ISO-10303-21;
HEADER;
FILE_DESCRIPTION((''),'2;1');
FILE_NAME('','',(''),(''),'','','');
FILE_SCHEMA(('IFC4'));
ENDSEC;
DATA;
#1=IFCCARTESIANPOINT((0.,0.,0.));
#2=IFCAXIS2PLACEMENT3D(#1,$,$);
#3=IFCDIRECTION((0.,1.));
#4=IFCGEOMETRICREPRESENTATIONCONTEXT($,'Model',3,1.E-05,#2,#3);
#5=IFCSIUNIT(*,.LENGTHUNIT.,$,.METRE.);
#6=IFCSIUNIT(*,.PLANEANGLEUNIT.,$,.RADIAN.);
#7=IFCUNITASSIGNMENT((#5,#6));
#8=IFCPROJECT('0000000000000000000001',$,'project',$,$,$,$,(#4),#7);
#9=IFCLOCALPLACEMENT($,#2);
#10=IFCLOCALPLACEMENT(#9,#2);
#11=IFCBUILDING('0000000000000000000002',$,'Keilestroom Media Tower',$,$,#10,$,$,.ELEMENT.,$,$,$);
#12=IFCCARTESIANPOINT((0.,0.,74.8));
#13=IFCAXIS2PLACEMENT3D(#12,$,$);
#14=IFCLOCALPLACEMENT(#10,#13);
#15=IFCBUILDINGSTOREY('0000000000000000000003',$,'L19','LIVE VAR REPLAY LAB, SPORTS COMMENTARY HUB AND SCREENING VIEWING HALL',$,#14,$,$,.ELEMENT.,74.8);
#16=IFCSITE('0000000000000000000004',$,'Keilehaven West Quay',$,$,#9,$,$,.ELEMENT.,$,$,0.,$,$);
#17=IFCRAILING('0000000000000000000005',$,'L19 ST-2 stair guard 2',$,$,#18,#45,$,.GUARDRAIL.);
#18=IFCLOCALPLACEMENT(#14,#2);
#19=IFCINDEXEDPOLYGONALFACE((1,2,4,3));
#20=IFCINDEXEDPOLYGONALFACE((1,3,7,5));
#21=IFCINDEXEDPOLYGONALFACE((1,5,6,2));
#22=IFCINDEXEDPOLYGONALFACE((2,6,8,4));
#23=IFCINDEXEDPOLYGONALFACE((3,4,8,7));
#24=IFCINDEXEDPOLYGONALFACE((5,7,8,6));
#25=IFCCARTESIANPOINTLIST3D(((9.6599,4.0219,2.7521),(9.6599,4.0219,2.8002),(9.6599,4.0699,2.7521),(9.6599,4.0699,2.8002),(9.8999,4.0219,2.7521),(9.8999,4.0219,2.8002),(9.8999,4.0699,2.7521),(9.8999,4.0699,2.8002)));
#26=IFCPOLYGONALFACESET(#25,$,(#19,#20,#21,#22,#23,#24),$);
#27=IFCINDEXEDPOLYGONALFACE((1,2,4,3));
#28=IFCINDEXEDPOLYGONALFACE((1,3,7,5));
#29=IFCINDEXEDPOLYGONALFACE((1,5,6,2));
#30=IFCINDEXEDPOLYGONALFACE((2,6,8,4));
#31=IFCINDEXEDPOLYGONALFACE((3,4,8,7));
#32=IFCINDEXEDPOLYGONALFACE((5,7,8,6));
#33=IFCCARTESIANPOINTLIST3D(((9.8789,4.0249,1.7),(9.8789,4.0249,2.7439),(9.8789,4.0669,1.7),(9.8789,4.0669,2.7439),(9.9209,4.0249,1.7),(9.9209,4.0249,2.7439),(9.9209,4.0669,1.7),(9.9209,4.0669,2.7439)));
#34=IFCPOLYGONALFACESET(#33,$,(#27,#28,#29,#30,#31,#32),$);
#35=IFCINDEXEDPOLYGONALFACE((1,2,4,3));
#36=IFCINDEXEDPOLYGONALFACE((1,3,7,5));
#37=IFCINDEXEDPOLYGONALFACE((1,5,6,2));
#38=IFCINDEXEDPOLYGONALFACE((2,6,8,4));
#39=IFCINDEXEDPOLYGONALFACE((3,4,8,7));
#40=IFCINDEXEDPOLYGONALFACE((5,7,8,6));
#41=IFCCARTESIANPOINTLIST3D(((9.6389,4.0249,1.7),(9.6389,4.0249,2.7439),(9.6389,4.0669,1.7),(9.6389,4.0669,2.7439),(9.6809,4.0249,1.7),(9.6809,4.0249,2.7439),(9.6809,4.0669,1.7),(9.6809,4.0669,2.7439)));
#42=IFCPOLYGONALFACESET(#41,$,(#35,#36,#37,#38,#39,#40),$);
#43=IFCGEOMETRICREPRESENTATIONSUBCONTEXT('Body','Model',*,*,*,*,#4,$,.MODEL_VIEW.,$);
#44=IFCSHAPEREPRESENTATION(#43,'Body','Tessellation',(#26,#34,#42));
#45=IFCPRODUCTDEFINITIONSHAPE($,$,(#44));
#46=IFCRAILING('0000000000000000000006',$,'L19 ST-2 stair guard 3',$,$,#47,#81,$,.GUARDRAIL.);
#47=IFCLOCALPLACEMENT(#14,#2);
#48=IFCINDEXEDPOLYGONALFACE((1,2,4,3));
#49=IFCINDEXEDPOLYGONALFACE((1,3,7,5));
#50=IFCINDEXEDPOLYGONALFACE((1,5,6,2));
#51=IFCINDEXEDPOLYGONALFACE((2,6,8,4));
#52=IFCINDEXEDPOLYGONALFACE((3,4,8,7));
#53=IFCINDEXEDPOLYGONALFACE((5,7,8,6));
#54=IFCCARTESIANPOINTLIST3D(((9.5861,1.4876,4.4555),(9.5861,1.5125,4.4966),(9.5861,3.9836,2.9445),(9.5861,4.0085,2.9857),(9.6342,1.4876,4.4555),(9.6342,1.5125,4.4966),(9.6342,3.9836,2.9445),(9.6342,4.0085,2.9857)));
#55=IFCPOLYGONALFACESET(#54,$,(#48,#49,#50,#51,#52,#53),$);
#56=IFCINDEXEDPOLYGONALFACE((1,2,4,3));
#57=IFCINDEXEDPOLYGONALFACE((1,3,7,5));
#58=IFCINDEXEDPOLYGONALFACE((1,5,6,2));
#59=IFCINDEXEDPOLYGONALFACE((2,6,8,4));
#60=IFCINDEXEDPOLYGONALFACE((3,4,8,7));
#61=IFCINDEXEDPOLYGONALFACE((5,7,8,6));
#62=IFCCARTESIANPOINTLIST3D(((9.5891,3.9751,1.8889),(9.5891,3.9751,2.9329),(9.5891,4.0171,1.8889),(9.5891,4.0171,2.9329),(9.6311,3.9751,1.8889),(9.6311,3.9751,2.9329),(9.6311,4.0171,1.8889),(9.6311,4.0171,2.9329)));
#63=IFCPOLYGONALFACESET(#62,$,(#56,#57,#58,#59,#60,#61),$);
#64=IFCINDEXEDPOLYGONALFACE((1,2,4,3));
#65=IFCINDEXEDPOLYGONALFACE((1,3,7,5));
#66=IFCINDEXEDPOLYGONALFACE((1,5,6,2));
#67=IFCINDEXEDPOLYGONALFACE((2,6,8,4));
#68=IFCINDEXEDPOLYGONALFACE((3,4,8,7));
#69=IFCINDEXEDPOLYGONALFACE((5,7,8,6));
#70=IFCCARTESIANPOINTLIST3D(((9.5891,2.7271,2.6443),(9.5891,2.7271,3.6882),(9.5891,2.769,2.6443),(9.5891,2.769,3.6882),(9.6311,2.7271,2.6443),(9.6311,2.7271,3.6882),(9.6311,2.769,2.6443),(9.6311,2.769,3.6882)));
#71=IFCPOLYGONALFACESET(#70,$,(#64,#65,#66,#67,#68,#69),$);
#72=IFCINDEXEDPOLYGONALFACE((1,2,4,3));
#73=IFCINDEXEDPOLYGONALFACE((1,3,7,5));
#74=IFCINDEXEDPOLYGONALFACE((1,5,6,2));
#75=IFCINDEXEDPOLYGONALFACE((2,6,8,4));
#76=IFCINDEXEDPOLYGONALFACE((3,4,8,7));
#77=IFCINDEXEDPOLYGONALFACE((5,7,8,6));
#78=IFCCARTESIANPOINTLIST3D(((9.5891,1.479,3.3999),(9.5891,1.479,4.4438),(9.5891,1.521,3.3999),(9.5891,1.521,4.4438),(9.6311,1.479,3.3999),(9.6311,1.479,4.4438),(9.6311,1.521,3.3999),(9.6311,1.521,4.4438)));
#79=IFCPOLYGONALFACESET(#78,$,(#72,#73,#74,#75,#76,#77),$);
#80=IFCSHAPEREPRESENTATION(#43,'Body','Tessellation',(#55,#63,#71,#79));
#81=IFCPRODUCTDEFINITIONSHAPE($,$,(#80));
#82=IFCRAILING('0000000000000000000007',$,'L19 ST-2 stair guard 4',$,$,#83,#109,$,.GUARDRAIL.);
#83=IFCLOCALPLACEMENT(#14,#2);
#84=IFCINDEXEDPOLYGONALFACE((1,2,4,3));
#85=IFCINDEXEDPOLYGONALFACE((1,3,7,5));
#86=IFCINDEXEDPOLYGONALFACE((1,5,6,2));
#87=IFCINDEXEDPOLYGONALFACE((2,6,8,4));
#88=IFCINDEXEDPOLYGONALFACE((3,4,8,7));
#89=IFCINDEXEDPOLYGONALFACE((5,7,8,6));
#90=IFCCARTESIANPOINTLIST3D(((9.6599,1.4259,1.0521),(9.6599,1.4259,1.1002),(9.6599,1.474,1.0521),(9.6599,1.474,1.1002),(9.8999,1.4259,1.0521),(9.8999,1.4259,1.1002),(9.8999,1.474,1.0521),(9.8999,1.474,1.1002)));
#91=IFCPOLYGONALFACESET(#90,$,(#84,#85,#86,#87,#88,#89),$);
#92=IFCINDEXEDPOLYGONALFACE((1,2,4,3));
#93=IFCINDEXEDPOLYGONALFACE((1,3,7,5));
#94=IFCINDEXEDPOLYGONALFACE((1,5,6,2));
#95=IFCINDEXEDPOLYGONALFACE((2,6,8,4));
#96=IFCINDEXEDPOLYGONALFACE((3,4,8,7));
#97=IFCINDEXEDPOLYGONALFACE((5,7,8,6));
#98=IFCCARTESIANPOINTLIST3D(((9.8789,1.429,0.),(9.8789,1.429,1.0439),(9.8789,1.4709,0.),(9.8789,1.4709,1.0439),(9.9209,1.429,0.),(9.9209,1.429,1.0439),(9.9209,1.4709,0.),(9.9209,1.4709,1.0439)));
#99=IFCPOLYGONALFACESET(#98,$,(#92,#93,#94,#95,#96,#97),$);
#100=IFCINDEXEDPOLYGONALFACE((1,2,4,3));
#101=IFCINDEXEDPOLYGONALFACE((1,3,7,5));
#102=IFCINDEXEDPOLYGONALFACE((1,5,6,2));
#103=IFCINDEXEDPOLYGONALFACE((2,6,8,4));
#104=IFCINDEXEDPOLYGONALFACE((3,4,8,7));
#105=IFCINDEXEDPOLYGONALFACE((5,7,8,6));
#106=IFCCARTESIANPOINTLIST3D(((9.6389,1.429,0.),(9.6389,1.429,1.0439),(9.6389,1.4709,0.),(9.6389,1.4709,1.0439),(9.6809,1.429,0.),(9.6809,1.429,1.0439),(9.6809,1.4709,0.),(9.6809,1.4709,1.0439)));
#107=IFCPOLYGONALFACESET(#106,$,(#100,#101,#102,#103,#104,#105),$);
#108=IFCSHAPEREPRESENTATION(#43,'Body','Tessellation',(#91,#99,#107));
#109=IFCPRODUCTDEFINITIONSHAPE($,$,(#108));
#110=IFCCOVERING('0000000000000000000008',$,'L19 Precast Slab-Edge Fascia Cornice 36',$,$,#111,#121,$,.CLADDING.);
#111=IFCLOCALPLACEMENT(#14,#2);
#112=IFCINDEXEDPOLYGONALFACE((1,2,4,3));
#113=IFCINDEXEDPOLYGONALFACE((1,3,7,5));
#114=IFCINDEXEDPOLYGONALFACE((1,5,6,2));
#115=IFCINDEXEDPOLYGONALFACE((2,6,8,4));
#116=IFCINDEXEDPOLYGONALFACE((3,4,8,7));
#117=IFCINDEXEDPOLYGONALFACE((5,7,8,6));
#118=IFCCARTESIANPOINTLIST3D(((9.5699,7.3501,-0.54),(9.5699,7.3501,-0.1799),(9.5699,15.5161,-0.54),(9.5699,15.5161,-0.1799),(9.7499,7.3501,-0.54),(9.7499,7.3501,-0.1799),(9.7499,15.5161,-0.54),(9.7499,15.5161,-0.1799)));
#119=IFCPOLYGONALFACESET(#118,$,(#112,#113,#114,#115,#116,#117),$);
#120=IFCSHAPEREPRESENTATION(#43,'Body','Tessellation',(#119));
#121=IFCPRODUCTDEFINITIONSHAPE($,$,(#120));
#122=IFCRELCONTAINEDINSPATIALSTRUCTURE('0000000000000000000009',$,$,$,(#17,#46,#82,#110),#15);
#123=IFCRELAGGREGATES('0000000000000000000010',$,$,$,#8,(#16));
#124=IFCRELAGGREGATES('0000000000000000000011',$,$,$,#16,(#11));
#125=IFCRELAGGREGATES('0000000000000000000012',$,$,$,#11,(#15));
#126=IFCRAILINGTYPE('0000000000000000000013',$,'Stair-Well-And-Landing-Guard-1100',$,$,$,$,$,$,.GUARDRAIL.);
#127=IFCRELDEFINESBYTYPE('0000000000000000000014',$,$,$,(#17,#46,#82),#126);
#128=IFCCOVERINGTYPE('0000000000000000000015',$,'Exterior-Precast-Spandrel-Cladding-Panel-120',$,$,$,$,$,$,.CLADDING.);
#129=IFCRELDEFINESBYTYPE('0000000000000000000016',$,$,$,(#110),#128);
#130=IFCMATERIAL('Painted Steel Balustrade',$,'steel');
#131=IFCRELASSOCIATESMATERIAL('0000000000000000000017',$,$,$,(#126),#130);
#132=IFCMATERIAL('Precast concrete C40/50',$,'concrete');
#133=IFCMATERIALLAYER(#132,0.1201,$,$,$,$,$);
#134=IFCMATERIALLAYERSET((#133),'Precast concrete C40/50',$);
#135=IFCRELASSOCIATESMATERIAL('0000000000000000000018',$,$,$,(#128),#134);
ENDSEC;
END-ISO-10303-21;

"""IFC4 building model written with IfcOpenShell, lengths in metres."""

from ifc_helpers import new_model, si_unit, direction, frame, origin, origin_2d, place, context, subcontext, project, spatial, rectangle, extrude, source, transform, mapped, material, layer, layer_set, type_object, element, save


model = new_model("IFC4")

# Units and contexts
model_context = context("Model", 3, precision=1e-05, world=origin(), true_north=direction((0.0, 1.0)))
body_context = subcontext(model_context, "Body", "Model", "MODEL_VIEW")
ifc_project = project(units=[si_unit("LENGTHUNIT", "METRE"), si_unit("PLANEANGLEUNIT", "RADIAN")], contexts=[model_context])

# Site, building, storey
site_placement = place(None, origin())
site = spatial("IfcSite", under=ifc_project, at=site_placement, Name="Keilehaven West Quay", CompositionType="ELEMENT", RefElevation=0.0)
building_placement = place(site_placement, origin())
building = spatial("IfcBuilding", under=site, at=building_placement, Name="Keilestroom Media Tower", CompositionType="ELEMENT")
storey_placement = place(building_placement, frame((0.0, 0.0, 74.8)))
storey = spatial("IfcBuildingStorey", under=building, at=storey_placement, Name="L19", Description="LIVE VAR REPLAY LAB, SPORTS COMMENTARY HUB AND SCREENING VIEWING HALL", CompositionType="ELEMENT", Elevation=74.8)

# Shared definitions
ifc_material_1 = material(Name="Precast concrete C40/50", Category="concrete")

# Railings
ifc_material_2 = material(Name="Painted Steel Balustrade", Category="steel")
railing_type_1 = type_object("IfcRailingType", Name="Stair-Well-And-Landing-Guard-1100", PredefinedType="GUARDRAIL", material=ifc_material_2)
railing_1_placement = place(storey_placement, frame((9.8999, 4.0459, 1.7)))
element("IfcRailing", 1, at=railing_1_placement, inside=storey, type_object=railing_type_1, Name="L19 ST-2 stair guard 2", PredefinedType="GUARDRAIL", context=body_context, shape_type="SweptSolid", body=[
    extrude(rectangle(XDim=0.0481, YDim=0.0481, at=origin_2d()), frame((0.0, 0.0, 1.0762), z_axis=(-1.0, 0.0, 0.0), x_axis=(0.0, -1.0, 0.0)), (0.0, 0.0, 1.0), 0.24),
    extrude(rectangle(XDim=0.042, YDim=0.042, at=origin_2d()), origin(), (0.0, 0.0, 1.0), 1.0439),
    extrude(rectangle(XDim=0.042, YDim=0.042, at=origin_2d()), frame((-0.24, 0.0, 0.0)), (0.0, 0.0, 1.0), 1.0439),
])
railing_2_placement = place(storey_placement, frame((9.6101, 3.9961, 1.8889)))
element("IfcRailing", 2, at=railing_2_placement, inside=storey, type_object=railing_type_1, Name="L19 ST-2 stair guard 3", PredefinedType="GUARDRAIL", context=body_context, shape_type="SweptSolid", body=[
    extrude(rectangle(XDim=0.0481, YDim=0.0481, at=origin_2d()), frame((0.0, 0.0, 1.0762), z_axis=(0.0, -0.855471, 0.517851), x_axis=(1.0, 0.0, 0.0)), (0.0, 0.0, 1.0), 2.9177),
    extrude(rectangle(XDim=0.042, YDim=0.042, at=origin_2d()), origin(), (0.0, 0.0, 1.0), 1.0439),
    extrude(rectangle(XDim=0.042, YDim=0.042, at=origin_2d()), frame((0.0, -1.248, 0.7554)), (0.0, 0.0, 1.0), 1.0439),
    extrude(rectangle(XDim=0.042, YDim=0.042, at=origin_2d()), frame((0.0, -2.4961, 1.511)), (0.0, 0.0, 1.0), 1.0439),
])
railing_3_placement = place(storey_placement, frame((9.8999, 1.45, 0.0)))
element("IfcRailing", 3, at=railing_3_placement, inside=storey, type_object=railing_type_1, Name="L19 ST-2 stair guard 4", PredefinedType="GUARDRAIL", context=body_context, shape_type="SweptSolid", body=[
    extrude(rectangle(XDim=0.0481, YDim=0.0481, at=origin_2d()), frame((0.0, 0.0, 1.0762), z_axis=(-1.0, 0.0, 0.0), x_axis=(0.0, -1.0, 0.0)), (0.0, 0.0, 1.0), 0.24),
    extrude(rectangle(XDim=0.042, YDim=0.042, at=origin_2d()), origin(), (0.0, 0.0, 1.0), 1.0439),
    extrude(rectangle(XDim=0.042, YDim=0.042, at=origin_2d()), frame((-0.24, 0.0, 0.0)), (0.0, 0.0, 1.0), 1.0439),
])

# Covering
ifc_layer_1 = layer(ifc_material_1, 0.1201)
ifc_layer_set_1 = layer_set([ifc_layer_1], Name="Precast concrete C40/50")
covering_type = type_object("IfcCoveringType", Name="Exterior-Precast-Spandrel-Cladding-Panel-120", PredefinedType="CLADDING", material=ifc_layer_set_1)
shared_shape_1 = source(origin(), body_context, "Body", "SweptSolid", [
    extrude(rectangle(XDim=8.166, YDim=0.1799, at=origin_2d()), origin(), (0.0, 0.0, 1.0), 0.3601),
])
covering_placement = place(storey_placement, frame((9.6599, 11.4331, -0.54), z_axis=(0.0, 0.0, 1.0), x_axis=(0.0, -1.0, 0.0)))
element("IfcCovering", 4, at=covering_placement, inside=storey, type_object=covering_type, Name="L19 Precast Slab-Edge Fascia Cornice 36", PredefinedType="CLADDING", context=body_context, shape_type="MappedRepresentation", body=[
    mapped(shared_shape_1, transform((0.0, 0.0, 0.0), x_axis=(1.0, 0.0, 0.0), y_axis=(0.0, 1.0, 0.0), z_axis=(0.0, 0.0, 1.0), scale=1.0)),
])

save(model, "model.ifc")
